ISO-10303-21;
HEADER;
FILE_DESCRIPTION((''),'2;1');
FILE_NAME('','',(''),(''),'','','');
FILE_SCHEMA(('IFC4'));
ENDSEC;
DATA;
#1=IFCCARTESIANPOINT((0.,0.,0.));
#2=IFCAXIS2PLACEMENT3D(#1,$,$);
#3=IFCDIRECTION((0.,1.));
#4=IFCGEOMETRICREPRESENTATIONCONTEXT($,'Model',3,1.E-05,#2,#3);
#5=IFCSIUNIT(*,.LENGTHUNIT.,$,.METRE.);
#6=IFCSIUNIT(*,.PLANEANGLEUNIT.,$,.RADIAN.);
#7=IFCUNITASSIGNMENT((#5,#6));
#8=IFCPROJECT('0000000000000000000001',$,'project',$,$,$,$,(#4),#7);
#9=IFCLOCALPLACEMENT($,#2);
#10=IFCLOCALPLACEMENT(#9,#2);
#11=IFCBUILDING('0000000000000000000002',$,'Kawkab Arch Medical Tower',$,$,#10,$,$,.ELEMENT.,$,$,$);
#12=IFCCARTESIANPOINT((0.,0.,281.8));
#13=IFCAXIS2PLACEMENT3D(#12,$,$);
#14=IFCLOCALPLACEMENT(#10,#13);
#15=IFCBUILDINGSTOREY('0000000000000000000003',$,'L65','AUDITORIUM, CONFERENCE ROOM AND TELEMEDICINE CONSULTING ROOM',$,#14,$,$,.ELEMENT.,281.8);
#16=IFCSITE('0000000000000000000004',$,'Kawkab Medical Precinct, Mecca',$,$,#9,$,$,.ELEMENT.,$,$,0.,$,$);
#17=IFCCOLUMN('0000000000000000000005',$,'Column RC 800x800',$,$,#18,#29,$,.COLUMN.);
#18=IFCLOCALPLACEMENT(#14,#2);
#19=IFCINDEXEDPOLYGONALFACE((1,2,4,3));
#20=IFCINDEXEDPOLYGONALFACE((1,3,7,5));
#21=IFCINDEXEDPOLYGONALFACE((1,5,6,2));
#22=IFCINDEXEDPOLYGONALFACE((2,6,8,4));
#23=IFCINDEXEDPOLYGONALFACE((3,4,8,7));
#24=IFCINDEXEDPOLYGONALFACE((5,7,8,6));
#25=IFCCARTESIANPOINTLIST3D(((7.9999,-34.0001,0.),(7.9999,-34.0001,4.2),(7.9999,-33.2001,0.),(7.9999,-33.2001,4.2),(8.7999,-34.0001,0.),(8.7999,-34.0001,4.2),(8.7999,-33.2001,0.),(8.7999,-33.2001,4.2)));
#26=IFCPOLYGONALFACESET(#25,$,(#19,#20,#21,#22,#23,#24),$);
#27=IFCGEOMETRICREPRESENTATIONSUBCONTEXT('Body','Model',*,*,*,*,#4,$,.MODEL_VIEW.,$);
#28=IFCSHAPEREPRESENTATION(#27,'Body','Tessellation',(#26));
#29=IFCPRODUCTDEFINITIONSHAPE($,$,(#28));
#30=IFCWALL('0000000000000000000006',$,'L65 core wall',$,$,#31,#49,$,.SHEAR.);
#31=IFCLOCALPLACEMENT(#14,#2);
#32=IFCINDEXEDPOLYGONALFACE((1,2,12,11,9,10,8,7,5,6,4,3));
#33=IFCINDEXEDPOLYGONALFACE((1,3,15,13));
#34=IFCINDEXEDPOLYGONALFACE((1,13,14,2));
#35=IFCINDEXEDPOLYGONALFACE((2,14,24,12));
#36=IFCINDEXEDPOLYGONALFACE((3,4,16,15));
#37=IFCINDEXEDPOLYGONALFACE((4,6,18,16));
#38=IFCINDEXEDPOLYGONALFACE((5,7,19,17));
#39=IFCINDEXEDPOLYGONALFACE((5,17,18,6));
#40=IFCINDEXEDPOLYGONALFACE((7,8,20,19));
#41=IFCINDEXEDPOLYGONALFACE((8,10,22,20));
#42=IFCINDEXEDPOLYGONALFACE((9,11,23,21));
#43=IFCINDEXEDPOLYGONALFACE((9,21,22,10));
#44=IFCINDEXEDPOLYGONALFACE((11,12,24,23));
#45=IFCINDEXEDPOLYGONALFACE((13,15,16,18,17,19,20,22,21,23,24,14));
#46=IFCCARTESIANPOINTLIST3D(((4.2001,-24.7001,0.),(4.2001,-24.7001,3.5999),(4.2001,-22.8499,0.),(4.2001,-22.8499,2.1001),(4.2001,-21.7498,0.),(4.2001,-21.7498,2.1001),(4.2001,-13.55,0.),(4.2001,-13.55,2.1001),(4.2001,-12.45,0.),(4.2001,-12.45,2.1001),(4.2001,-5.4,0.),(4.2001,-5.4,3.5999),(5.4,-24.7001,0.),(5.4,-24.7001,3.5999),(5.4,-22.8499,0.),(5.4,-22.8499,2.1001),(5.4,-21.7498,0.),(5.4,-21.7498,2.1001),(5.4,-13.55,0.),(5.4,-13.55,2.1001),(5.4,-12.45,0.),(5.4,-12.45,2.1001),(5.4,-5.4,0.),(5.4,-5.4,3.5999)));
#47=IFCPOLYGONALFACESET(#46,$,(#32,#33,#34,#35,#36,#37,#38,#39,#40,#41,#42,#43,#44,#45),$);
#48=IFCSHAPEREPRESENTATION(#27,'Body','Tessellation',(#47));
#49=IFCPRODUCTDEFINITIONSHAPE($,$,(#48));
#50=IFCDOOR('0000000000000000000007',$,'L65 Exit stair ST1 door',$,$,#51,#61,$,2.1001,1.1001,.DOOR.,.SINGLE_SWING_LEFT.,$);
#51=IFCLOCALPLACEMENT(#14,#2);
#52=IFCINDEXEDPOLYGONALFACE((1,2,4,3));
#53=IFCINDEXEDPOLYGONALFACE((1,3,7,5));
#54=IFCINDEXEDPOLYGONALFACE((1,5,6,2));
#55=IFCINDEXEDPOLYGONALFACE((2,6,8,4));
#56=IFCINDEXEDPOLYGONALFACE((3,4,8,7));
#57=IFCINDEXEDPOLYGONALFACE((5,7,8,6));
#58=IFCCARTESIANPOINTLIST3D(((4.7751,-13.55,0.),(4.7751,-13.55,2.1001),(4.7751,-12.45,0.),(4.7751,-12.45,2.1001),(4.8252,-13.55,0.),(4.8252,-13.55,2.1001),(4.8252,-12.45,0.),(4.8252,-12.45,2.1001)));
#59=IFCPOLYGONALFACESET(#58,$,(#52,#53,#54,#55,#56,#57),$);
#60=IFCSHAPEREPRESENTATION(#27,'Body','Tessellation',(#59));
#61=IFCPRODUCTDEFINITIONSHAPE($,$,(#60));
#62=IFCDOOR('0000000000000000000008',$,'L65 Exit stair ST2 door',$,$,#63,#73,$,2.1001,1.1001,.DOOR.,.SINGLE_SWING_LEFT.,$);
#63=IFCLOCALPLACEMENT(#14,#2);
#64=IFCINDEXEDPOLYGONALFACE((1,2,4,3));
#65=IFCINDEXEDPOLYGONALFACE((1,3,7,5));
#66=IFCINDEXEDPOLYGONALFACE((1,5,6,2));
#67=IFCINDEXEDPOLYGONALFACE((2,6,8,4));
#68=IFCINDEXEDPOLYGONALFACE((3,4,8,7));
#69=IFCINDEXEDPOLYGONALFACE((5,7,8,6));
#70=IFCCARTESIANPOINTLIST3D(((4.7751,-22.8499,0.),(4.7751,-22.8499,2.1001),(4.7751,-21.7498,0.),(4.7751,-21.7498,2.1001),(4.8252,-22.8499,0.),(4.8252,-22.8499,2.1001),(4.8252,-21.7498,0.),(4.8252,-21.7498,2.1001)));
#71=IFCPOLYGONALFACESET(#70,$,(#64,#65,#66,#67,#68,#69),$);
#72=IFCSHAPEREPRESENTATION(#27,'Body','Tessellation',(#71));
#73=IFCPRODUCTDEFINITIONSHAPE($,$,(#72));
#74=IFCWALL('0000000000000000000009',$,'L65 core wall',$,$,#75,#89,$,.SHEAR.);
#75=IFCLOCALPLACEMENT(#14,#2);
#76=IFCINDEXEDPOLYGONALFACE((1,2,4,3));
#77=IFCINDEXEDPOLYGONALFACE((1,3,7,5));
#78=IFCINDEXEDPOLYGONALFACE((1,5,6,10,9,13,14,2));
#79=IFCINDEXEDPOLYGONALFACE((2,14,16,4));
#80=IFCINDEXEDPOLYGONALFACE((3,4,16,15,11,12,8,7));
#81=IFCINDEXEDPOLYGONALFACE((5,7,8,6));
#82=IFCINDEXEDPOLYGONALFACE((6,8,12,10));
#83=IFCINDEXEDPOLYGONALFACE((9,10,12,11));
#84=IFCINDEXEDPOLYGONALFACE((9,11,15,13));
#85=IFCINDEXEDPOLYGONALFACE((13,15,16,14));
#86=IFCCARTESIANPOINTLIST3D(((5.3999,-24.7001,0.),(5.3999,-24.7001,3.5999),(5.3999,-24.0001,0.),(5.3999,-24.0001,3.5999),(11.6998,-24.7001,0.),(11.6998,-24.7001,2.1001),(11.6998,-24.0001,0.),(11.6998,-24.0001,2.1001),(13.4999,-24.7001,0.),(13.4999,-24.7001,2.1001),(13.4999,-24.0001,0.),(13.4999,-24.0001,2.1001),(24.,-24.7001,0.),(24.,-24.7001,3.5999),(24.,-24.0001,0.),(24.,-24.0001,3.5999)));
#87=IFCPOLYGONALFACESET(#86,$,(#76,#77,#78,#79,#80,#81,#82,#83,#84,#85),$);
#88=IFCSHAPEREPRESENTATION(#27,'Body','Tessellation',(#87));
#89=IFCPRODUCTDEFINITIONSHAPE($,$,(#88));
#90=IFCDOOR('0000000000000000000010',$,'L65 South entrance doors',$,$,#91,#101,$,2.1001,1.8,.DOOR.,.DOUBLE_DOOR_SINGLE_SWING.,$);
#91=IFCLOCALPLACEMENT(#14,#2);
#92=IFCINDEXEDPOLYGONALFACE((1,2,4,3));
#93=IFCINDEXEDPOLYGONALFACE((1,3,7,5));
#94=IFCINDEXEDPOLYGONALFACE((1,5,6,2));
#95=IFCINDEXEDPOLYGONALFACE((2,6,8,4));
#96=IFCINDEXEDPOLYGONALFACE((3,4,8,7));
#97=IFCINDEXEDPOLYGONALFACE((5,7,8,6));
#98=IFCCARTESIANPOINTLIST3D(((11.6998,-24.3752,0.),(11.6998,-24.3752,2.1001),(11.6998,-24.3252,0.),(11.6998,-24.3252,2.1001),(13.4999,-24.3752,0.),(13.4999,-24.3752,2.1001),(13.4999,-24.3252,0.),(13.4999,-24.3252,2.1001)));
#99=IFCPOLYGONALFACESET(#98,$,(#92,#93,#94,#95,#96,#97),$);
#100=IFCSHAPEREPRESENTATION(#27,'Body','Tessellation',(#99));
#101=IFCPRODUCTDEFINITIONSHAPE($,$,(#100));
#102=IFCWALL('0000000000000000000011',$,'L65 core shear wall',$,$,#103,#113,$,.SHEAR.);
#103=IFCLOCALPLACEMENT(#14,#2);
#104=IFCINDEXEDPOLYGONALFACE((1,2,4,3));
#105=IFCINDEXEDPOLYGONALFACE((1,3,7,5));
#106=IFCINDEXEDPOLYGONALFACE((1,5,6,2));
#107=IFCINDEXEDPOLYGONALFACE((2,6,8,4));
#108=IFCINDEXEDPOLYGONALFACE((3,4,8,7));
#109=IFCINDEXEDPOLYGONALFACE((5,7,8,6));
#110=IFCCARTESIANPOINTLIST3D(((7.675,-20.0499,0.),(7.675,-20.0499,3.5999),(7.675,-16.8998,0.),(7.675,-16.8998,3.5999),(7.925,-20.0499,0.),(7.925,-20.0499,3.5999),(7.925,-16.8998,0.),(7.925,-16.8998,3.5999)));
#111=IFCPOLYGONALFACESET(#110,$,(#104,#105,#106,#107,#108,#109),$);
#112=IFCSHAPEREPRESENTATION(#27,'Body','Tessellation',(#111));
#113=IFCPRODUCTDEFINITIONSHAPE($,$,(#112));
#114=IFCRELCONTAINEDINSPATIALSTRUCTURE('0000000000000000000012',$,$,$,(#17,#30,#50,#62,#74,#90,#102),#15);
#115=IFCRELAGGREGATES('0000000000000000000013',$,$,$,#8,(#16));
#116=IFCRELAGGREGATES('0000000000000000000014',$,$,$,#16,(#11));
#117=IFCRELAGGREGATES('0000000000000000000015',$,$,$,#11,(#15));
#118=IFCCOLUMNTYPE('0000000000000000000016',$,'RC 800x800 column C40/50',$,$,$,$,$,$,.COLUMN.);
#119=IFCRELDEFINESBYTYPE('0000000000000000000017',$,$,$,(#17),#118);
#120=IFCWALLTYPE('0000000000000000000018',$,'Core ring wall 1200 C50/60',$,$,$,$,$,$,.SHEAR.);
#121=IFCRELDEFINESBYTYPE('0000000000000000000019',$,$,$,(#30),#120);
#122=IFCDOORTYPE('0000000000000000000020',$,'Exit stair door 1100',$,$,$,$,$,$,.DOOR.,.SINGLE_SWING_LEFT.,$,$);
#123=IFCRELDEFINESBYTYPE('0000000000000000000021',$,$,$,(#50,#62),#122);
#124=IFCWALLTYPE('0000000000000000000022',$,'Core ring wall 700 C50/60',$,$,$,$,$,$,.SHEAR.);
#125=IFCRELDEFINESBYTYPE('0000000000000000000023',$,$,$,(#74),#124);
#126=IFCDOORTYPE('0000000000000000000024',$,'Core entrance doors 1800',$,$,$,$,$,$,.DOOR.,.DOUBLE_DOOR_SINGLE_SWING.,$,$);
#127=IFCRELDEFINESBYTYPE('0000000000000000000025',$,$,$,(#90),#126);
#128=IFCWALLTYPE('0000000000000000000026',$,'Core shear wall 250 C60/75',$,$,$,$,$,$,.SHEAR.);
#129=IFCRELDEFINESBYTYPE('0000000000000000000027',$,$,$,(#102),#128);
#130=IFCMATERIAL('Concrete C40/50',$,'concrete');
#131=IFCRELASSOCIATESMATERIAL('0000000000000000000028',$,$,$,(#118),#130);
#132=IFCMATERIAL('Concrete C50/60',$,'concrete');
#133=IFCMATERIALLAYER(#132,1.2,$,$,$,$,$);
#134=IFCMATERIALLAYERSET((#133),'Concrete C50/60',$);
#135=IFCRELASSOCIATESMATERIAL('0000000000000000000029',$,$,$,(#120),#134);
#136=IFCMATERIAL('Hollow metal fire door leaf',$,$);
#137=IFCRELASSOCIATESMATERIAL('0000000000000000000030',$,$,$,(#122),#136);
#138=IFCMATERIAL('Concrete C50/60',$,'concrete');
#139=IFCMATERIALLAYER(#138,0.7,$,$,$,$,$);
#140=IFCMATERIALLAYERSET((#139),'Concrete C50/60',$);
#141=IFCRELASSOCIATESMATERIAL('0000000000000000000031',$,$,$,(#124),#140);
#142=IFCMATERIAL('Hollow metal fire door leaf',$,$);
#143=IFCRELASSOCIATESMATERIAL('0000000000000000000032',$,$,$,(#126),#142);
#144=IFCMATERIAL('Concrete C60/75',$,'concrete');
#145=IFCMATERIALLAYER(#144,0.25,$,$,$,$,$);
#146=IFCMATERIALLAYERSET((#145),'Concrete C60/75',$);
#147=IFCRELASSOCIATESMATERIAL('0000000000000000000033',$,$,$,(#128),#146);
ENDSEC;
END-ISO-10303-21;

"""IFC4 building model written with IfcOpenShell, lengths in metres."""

from ifc_helpers import new_model, si_unit, direction, frame, frame_2d, origin, origin_2d, place, context, subcontext, project, spatial, rectangle, extrude, material, layer, layer_set, material_profile, profile_set, type_object, element, fill, save


model = new_model("IFC4")

# Units and contexts
model_context = context("Model", 3, precision=1e-05, world=origin(), true_north=direction((0.0, 1.0)))
body_context = subcontext(model_context, "Body", "Model", "MODEL_VIEW")
ifc_project = project(units=[si_unit("LENGTHUNIT", "METRE"), si_unit("PLANEANGLEUNIT", "RADIAN")], contexts=[model_context])

# Site, building, storey
site_placement = place(None, origin())
site = spatial("IfcSite", under=ifc_project, at=site_placement, Name="Kawkab Medical Precinct, Mecca", CompositionType="ELEMENT", RefElevation=0.0)
building_placement = place(site_placement, origin())
building = spatial("IfcBuilding", under=site, at=building_placement, Name="Kawkab Arch Medical Tower", CompositionType="ELEMENT")
storey_placement = place(building_placement, frame((0.0, 0.0, 281.8)))
storey = spatial("IfcBuildingStorey", under=building, at=storey_placement, Name="L65", Description="AUDITORIUM, CONFERENCE ROOM AND TELEMEDICINE CONSULTING ROOM", CompositionType="ELEMENT", Elevation=281.8)

# Column
ifc_material_1 = material(Name="Concrete C40/50", Category="concrete")
ifc_material_profile = material_profile(ifc_material_1, rectangle(XDim=0.8, YDim=0.8, at=origin_2d()), Name="RC 800x800")
ifc_profile_set = profile_set([ifc_material_profile], Name="Concrete C40/50")
column_type = type_object("IfcColumnType", Name="RC 800x800 column C40/50", PredefinedType="COLUMN", material=ifc_profile_set)
column_placement = place(storey_placement, frame((8.3999, -33.6001, 0.0), z_axis=(0.0, 0.0, 1.0), x_axis=(1.0, 0.0, 0.0)))
element("IfcColumn", 1, at=column_placement, inside=storey, type_object=column_type, Name="Column RC 800x800", PredefinedType="COLUMN", context=body_context, shape_type="SweptSolid", body=[
    extrude(rectangle(XDim=0.8, YDim=0.8, at=origin_2d()), origin(), (0.0, 0.0, 1.0), 4.2),
])

# Wall, openings, doors
ifc_material_2 = material(Name="Concrete C50/60", Category="concrete")
ifc_layer_1 = layer(ifc_material_2, 1.2)
ifc_layer_set_1 = layer_set([ifc_layer_1], Name="Concrete C50/60")
wall_type_1 = type_object("IfcWallType", Name="Core ring wall 1200 C50/60", PredefinedType="SHEAR", material=ifc_layer_set_1)
wall_1_placement = place(storey_placement, frame((4.8, -24.7, 0.0), z_axis=(0.0, 0.0, 1.0), x_axis=(0.0, 1.0, 0.0)))
wall_1 = element("IfcWall", 2, at=wall_1_placement, inside=storey, type_object=wall_type_1, Name="L65 core wall", PredefinedType="SHEAR", context=body_context, shape_type="SweptSolid", body=[
    extrude(rectangle(XDim=19.3, YDim=1.2, at=frame_2d((9.6499, 0.0))), origin(), (0.0, 0.0, 1.0), 3.5999),
])
opening_1_placement = place(wall_1_placement, frame((11.1499, 0.0, 0.0)))
opening_1 = element("IfcOpeningElement", 3, at=opening_1_placement, cuts=wall_1, PredefinedType="OPENING", context=body_context, shape_type="SweptSolid", body=[
    extrude(rectangle(XDim=1.1001, YDim=2.1001, at=frame_2d((0.55, 1.05))), frame((0.0, 0.6099, 0.0), z_axis=(0.0, -1.0, 0.0), x_axis=(1.0, 0.0, 0.0)), (0.0, 0.0, 1.0), 1.22),
])
opening_2_placement = place(wall_1_placement, frame((1.8501, 0.0, 0.0)))
opening_2 = element("IfcOpeningElement", 4, at=opening_2_placement, cuts=wall_1, PredefinedType="OPENING", context=body_context, shape_type="SweptSolid", body=[
    extrude(rectangle(XDim=1.1001, YDim=2.1001, at=frame_2d((0.55, 1.05))), frame((0.0, 0.6099, 0.0), z_axis=(0.0, -1.0, 0.0), x_axis=(1.0, 0.0, 0.0)), (0.0, 0.0, 1.0), 1.22),
])
ifc_material_3 = material(Name="Hollow metal fire door leaf")
door_type_1 = type_object("IfcDoorType", Name="Exit stair door 1100", OperationType="SINGLE_SWING_LEFT", PredefinedType="DOOR", material=ifc_material_3)
door_1_placement = place(opening_1_placement, origin())
door_1 = element("IfcDoor", 5, at=door_1_placement, inside=storey, type_object=door_type_1, Name="L65 Exit stair ST1 door", OperationType="SINGLE_SWING_LEFT", OverallHeight=2.1001, OverallWidth=1.1001, PredefinedType="DOOR", context=body_context, shape_type="SweptSolid", body=[
    extrude(rectangle(XDim=1.1001, YDim=2.1001, at=frame_2d((0.55, 1.05))), frame((0.0, 0.0249, 0.0), z_axis=(0.0, -1.0, 0.0), x_axis=(1.0, 0.0, 0.0)), (0.0, 0.0, 1.0), 0.05),
])
fill(opening_1, door_1)
door_2_placement = place(opening_2_placement, origin())
door_2 = element("IfcDoor", 6, at=door_2_placement, inside=storey, type_object=door_type_1, Name="L65 Exit stair ST2 door", OperationType="SINGLE_SWING_LEFT", OverallHeight=2.1001, OverallWidth=1.1001, PredefinedType="DOOR", context=body_context, shape_type="SweptSolid", body=[
    extrude(rectangle(XDim=1.1001, YDim=2.1001, at=frame_2d((0.55, 1.05))), frame((0.0, 0.0249, 0.0), z_axis=(0.0, -1.0, 0.0), x_axis=(1.0, 0.0, 0.0)), (0.0, 0.0, 1.0), 0.05),
])
fill(opening_2, door_2)

# Wall, opening, door
ifc_material_4 = material(Name="Concrete C50/60", Category="concrete")
ifc_layer_2 = layer(ifc_material_4, 0.7)
ifc_layer_set_2 = layer_set([ifc_layer_2], Name="Concrete C50/60")
wall_type_2 = type_object("IfcWallType", Name="Core ring wall 700 C50/60", PredefinedType="SHEAR", material=ifc_layer_set_2)
wall_2_placement = place(storey_placement, frame((5.3999, -24.3501, 0.0), z_axis=(0.0, 0.0, 1.0), x_axis=(1.0, 0.0, 0.0)))
wall_2 = element("IfcWall", 7, at=wall_2_placement, inside=storey, type_object=wall_type_2, Name="L65 core wall", PredefinedType="SHEAR", context=body_context, shape_type="SweptSolid", body=[
    extrude(rectangle(XDim=18.6001, YDim=0.7, at=frame_2d((9.3, 0.0))), origin(), (0.0, 0.0, 1.0), 3.5999),
])
opening_3_placement = place(wall_2_placement, frame((6.3, 0.0, 0.0)))
opening_3 = element("IfcOpeningElement", 8, at=opening_3_placement, cuts=wall_2, PredefinedType="OPENING", context=body_context, shape_type="SweptSolid", body=[
    extrude(rectangle(XDim=1.8, YDim=2.1001, at=frame_2d((0.8999, 1.05))), frame((0.0, 0.3599, 0.0), z_axis=(0.0, -1.0, 0.0), x_axis=(1.0, 0.0, 0.0)), (0.0, 0.0, 1.0), 0.72),
])
ifc_material_5 = material(Name="Hollow metal fire door leaf")
door_type_2 = type_object("IfcDoorType", Name="Core entrance doors 1800", OperationType="DOUBLE_DOOR_SINGLE_SWING", PredefinedType="DOOR", material=ifc_material_5)
door_3_placement = place(opening_3_placement, origin())
door_3 = element("IfcDoor", 9, at=door_3_placement, inside=storey, type_object=door_type_2, Name="L65 South entrance doors", OperationType="DOUBLE_DOOR_SINGLE_SWING", OverallHeight=2.1001, OverallWidth=1.8, PredefinedType="DOOR", context=body_context, shape_type="SweptSolid", body=[
    extrude(rectangle(XDim=1.8, YDim=2.1001, at=frame_2d((0.8999, 1.05))), frame((0.0, 0.0249, 0.0), z_axis=(0.0, -1.0, 0.0), x_axis=(1.0, 0.0, 0.0)), (0.0, 0.0, 1.0), 0.05),
])
fill(opening_3, door_3)

# Wall
ifc_material_6 = material(Name="Concrete C60/75", Category="concrete")
ifc_layer_3 = layer(ifc_material_6, 0.25)
ifc_layer_set_3 = layer_set([ifc_layer_3], Name="Concrete C60/75")
wall_type_3 = type_object("IfcWallType", Name="Core shear wall 250 C60/75", PredefinedType="SHEAR", material=ifc_layer_set_3)
wall_3_placement = place(storey_placement, frame((7.8, -20.05, 0.0), z_axis=(0.0, 0.0, 1.0), x_axis=(0.0, 1.0, 0.0)))
element("IfcWall", 10, at=wall_3_placement, inside=storey, type_object=wall_type_3, Name="L65 core shear wall", PredefinedType="SHEAR", context=body_context, shape_type="SweptSolid", body=[
    extrude(rectangle(XDim=3.1501, YDim=0.25, at=frame_2d((1.5752, 0.0))), origin(), (0.0, 0.0, 1.0), 3.5999),
])

save(model, "model.ifc")
